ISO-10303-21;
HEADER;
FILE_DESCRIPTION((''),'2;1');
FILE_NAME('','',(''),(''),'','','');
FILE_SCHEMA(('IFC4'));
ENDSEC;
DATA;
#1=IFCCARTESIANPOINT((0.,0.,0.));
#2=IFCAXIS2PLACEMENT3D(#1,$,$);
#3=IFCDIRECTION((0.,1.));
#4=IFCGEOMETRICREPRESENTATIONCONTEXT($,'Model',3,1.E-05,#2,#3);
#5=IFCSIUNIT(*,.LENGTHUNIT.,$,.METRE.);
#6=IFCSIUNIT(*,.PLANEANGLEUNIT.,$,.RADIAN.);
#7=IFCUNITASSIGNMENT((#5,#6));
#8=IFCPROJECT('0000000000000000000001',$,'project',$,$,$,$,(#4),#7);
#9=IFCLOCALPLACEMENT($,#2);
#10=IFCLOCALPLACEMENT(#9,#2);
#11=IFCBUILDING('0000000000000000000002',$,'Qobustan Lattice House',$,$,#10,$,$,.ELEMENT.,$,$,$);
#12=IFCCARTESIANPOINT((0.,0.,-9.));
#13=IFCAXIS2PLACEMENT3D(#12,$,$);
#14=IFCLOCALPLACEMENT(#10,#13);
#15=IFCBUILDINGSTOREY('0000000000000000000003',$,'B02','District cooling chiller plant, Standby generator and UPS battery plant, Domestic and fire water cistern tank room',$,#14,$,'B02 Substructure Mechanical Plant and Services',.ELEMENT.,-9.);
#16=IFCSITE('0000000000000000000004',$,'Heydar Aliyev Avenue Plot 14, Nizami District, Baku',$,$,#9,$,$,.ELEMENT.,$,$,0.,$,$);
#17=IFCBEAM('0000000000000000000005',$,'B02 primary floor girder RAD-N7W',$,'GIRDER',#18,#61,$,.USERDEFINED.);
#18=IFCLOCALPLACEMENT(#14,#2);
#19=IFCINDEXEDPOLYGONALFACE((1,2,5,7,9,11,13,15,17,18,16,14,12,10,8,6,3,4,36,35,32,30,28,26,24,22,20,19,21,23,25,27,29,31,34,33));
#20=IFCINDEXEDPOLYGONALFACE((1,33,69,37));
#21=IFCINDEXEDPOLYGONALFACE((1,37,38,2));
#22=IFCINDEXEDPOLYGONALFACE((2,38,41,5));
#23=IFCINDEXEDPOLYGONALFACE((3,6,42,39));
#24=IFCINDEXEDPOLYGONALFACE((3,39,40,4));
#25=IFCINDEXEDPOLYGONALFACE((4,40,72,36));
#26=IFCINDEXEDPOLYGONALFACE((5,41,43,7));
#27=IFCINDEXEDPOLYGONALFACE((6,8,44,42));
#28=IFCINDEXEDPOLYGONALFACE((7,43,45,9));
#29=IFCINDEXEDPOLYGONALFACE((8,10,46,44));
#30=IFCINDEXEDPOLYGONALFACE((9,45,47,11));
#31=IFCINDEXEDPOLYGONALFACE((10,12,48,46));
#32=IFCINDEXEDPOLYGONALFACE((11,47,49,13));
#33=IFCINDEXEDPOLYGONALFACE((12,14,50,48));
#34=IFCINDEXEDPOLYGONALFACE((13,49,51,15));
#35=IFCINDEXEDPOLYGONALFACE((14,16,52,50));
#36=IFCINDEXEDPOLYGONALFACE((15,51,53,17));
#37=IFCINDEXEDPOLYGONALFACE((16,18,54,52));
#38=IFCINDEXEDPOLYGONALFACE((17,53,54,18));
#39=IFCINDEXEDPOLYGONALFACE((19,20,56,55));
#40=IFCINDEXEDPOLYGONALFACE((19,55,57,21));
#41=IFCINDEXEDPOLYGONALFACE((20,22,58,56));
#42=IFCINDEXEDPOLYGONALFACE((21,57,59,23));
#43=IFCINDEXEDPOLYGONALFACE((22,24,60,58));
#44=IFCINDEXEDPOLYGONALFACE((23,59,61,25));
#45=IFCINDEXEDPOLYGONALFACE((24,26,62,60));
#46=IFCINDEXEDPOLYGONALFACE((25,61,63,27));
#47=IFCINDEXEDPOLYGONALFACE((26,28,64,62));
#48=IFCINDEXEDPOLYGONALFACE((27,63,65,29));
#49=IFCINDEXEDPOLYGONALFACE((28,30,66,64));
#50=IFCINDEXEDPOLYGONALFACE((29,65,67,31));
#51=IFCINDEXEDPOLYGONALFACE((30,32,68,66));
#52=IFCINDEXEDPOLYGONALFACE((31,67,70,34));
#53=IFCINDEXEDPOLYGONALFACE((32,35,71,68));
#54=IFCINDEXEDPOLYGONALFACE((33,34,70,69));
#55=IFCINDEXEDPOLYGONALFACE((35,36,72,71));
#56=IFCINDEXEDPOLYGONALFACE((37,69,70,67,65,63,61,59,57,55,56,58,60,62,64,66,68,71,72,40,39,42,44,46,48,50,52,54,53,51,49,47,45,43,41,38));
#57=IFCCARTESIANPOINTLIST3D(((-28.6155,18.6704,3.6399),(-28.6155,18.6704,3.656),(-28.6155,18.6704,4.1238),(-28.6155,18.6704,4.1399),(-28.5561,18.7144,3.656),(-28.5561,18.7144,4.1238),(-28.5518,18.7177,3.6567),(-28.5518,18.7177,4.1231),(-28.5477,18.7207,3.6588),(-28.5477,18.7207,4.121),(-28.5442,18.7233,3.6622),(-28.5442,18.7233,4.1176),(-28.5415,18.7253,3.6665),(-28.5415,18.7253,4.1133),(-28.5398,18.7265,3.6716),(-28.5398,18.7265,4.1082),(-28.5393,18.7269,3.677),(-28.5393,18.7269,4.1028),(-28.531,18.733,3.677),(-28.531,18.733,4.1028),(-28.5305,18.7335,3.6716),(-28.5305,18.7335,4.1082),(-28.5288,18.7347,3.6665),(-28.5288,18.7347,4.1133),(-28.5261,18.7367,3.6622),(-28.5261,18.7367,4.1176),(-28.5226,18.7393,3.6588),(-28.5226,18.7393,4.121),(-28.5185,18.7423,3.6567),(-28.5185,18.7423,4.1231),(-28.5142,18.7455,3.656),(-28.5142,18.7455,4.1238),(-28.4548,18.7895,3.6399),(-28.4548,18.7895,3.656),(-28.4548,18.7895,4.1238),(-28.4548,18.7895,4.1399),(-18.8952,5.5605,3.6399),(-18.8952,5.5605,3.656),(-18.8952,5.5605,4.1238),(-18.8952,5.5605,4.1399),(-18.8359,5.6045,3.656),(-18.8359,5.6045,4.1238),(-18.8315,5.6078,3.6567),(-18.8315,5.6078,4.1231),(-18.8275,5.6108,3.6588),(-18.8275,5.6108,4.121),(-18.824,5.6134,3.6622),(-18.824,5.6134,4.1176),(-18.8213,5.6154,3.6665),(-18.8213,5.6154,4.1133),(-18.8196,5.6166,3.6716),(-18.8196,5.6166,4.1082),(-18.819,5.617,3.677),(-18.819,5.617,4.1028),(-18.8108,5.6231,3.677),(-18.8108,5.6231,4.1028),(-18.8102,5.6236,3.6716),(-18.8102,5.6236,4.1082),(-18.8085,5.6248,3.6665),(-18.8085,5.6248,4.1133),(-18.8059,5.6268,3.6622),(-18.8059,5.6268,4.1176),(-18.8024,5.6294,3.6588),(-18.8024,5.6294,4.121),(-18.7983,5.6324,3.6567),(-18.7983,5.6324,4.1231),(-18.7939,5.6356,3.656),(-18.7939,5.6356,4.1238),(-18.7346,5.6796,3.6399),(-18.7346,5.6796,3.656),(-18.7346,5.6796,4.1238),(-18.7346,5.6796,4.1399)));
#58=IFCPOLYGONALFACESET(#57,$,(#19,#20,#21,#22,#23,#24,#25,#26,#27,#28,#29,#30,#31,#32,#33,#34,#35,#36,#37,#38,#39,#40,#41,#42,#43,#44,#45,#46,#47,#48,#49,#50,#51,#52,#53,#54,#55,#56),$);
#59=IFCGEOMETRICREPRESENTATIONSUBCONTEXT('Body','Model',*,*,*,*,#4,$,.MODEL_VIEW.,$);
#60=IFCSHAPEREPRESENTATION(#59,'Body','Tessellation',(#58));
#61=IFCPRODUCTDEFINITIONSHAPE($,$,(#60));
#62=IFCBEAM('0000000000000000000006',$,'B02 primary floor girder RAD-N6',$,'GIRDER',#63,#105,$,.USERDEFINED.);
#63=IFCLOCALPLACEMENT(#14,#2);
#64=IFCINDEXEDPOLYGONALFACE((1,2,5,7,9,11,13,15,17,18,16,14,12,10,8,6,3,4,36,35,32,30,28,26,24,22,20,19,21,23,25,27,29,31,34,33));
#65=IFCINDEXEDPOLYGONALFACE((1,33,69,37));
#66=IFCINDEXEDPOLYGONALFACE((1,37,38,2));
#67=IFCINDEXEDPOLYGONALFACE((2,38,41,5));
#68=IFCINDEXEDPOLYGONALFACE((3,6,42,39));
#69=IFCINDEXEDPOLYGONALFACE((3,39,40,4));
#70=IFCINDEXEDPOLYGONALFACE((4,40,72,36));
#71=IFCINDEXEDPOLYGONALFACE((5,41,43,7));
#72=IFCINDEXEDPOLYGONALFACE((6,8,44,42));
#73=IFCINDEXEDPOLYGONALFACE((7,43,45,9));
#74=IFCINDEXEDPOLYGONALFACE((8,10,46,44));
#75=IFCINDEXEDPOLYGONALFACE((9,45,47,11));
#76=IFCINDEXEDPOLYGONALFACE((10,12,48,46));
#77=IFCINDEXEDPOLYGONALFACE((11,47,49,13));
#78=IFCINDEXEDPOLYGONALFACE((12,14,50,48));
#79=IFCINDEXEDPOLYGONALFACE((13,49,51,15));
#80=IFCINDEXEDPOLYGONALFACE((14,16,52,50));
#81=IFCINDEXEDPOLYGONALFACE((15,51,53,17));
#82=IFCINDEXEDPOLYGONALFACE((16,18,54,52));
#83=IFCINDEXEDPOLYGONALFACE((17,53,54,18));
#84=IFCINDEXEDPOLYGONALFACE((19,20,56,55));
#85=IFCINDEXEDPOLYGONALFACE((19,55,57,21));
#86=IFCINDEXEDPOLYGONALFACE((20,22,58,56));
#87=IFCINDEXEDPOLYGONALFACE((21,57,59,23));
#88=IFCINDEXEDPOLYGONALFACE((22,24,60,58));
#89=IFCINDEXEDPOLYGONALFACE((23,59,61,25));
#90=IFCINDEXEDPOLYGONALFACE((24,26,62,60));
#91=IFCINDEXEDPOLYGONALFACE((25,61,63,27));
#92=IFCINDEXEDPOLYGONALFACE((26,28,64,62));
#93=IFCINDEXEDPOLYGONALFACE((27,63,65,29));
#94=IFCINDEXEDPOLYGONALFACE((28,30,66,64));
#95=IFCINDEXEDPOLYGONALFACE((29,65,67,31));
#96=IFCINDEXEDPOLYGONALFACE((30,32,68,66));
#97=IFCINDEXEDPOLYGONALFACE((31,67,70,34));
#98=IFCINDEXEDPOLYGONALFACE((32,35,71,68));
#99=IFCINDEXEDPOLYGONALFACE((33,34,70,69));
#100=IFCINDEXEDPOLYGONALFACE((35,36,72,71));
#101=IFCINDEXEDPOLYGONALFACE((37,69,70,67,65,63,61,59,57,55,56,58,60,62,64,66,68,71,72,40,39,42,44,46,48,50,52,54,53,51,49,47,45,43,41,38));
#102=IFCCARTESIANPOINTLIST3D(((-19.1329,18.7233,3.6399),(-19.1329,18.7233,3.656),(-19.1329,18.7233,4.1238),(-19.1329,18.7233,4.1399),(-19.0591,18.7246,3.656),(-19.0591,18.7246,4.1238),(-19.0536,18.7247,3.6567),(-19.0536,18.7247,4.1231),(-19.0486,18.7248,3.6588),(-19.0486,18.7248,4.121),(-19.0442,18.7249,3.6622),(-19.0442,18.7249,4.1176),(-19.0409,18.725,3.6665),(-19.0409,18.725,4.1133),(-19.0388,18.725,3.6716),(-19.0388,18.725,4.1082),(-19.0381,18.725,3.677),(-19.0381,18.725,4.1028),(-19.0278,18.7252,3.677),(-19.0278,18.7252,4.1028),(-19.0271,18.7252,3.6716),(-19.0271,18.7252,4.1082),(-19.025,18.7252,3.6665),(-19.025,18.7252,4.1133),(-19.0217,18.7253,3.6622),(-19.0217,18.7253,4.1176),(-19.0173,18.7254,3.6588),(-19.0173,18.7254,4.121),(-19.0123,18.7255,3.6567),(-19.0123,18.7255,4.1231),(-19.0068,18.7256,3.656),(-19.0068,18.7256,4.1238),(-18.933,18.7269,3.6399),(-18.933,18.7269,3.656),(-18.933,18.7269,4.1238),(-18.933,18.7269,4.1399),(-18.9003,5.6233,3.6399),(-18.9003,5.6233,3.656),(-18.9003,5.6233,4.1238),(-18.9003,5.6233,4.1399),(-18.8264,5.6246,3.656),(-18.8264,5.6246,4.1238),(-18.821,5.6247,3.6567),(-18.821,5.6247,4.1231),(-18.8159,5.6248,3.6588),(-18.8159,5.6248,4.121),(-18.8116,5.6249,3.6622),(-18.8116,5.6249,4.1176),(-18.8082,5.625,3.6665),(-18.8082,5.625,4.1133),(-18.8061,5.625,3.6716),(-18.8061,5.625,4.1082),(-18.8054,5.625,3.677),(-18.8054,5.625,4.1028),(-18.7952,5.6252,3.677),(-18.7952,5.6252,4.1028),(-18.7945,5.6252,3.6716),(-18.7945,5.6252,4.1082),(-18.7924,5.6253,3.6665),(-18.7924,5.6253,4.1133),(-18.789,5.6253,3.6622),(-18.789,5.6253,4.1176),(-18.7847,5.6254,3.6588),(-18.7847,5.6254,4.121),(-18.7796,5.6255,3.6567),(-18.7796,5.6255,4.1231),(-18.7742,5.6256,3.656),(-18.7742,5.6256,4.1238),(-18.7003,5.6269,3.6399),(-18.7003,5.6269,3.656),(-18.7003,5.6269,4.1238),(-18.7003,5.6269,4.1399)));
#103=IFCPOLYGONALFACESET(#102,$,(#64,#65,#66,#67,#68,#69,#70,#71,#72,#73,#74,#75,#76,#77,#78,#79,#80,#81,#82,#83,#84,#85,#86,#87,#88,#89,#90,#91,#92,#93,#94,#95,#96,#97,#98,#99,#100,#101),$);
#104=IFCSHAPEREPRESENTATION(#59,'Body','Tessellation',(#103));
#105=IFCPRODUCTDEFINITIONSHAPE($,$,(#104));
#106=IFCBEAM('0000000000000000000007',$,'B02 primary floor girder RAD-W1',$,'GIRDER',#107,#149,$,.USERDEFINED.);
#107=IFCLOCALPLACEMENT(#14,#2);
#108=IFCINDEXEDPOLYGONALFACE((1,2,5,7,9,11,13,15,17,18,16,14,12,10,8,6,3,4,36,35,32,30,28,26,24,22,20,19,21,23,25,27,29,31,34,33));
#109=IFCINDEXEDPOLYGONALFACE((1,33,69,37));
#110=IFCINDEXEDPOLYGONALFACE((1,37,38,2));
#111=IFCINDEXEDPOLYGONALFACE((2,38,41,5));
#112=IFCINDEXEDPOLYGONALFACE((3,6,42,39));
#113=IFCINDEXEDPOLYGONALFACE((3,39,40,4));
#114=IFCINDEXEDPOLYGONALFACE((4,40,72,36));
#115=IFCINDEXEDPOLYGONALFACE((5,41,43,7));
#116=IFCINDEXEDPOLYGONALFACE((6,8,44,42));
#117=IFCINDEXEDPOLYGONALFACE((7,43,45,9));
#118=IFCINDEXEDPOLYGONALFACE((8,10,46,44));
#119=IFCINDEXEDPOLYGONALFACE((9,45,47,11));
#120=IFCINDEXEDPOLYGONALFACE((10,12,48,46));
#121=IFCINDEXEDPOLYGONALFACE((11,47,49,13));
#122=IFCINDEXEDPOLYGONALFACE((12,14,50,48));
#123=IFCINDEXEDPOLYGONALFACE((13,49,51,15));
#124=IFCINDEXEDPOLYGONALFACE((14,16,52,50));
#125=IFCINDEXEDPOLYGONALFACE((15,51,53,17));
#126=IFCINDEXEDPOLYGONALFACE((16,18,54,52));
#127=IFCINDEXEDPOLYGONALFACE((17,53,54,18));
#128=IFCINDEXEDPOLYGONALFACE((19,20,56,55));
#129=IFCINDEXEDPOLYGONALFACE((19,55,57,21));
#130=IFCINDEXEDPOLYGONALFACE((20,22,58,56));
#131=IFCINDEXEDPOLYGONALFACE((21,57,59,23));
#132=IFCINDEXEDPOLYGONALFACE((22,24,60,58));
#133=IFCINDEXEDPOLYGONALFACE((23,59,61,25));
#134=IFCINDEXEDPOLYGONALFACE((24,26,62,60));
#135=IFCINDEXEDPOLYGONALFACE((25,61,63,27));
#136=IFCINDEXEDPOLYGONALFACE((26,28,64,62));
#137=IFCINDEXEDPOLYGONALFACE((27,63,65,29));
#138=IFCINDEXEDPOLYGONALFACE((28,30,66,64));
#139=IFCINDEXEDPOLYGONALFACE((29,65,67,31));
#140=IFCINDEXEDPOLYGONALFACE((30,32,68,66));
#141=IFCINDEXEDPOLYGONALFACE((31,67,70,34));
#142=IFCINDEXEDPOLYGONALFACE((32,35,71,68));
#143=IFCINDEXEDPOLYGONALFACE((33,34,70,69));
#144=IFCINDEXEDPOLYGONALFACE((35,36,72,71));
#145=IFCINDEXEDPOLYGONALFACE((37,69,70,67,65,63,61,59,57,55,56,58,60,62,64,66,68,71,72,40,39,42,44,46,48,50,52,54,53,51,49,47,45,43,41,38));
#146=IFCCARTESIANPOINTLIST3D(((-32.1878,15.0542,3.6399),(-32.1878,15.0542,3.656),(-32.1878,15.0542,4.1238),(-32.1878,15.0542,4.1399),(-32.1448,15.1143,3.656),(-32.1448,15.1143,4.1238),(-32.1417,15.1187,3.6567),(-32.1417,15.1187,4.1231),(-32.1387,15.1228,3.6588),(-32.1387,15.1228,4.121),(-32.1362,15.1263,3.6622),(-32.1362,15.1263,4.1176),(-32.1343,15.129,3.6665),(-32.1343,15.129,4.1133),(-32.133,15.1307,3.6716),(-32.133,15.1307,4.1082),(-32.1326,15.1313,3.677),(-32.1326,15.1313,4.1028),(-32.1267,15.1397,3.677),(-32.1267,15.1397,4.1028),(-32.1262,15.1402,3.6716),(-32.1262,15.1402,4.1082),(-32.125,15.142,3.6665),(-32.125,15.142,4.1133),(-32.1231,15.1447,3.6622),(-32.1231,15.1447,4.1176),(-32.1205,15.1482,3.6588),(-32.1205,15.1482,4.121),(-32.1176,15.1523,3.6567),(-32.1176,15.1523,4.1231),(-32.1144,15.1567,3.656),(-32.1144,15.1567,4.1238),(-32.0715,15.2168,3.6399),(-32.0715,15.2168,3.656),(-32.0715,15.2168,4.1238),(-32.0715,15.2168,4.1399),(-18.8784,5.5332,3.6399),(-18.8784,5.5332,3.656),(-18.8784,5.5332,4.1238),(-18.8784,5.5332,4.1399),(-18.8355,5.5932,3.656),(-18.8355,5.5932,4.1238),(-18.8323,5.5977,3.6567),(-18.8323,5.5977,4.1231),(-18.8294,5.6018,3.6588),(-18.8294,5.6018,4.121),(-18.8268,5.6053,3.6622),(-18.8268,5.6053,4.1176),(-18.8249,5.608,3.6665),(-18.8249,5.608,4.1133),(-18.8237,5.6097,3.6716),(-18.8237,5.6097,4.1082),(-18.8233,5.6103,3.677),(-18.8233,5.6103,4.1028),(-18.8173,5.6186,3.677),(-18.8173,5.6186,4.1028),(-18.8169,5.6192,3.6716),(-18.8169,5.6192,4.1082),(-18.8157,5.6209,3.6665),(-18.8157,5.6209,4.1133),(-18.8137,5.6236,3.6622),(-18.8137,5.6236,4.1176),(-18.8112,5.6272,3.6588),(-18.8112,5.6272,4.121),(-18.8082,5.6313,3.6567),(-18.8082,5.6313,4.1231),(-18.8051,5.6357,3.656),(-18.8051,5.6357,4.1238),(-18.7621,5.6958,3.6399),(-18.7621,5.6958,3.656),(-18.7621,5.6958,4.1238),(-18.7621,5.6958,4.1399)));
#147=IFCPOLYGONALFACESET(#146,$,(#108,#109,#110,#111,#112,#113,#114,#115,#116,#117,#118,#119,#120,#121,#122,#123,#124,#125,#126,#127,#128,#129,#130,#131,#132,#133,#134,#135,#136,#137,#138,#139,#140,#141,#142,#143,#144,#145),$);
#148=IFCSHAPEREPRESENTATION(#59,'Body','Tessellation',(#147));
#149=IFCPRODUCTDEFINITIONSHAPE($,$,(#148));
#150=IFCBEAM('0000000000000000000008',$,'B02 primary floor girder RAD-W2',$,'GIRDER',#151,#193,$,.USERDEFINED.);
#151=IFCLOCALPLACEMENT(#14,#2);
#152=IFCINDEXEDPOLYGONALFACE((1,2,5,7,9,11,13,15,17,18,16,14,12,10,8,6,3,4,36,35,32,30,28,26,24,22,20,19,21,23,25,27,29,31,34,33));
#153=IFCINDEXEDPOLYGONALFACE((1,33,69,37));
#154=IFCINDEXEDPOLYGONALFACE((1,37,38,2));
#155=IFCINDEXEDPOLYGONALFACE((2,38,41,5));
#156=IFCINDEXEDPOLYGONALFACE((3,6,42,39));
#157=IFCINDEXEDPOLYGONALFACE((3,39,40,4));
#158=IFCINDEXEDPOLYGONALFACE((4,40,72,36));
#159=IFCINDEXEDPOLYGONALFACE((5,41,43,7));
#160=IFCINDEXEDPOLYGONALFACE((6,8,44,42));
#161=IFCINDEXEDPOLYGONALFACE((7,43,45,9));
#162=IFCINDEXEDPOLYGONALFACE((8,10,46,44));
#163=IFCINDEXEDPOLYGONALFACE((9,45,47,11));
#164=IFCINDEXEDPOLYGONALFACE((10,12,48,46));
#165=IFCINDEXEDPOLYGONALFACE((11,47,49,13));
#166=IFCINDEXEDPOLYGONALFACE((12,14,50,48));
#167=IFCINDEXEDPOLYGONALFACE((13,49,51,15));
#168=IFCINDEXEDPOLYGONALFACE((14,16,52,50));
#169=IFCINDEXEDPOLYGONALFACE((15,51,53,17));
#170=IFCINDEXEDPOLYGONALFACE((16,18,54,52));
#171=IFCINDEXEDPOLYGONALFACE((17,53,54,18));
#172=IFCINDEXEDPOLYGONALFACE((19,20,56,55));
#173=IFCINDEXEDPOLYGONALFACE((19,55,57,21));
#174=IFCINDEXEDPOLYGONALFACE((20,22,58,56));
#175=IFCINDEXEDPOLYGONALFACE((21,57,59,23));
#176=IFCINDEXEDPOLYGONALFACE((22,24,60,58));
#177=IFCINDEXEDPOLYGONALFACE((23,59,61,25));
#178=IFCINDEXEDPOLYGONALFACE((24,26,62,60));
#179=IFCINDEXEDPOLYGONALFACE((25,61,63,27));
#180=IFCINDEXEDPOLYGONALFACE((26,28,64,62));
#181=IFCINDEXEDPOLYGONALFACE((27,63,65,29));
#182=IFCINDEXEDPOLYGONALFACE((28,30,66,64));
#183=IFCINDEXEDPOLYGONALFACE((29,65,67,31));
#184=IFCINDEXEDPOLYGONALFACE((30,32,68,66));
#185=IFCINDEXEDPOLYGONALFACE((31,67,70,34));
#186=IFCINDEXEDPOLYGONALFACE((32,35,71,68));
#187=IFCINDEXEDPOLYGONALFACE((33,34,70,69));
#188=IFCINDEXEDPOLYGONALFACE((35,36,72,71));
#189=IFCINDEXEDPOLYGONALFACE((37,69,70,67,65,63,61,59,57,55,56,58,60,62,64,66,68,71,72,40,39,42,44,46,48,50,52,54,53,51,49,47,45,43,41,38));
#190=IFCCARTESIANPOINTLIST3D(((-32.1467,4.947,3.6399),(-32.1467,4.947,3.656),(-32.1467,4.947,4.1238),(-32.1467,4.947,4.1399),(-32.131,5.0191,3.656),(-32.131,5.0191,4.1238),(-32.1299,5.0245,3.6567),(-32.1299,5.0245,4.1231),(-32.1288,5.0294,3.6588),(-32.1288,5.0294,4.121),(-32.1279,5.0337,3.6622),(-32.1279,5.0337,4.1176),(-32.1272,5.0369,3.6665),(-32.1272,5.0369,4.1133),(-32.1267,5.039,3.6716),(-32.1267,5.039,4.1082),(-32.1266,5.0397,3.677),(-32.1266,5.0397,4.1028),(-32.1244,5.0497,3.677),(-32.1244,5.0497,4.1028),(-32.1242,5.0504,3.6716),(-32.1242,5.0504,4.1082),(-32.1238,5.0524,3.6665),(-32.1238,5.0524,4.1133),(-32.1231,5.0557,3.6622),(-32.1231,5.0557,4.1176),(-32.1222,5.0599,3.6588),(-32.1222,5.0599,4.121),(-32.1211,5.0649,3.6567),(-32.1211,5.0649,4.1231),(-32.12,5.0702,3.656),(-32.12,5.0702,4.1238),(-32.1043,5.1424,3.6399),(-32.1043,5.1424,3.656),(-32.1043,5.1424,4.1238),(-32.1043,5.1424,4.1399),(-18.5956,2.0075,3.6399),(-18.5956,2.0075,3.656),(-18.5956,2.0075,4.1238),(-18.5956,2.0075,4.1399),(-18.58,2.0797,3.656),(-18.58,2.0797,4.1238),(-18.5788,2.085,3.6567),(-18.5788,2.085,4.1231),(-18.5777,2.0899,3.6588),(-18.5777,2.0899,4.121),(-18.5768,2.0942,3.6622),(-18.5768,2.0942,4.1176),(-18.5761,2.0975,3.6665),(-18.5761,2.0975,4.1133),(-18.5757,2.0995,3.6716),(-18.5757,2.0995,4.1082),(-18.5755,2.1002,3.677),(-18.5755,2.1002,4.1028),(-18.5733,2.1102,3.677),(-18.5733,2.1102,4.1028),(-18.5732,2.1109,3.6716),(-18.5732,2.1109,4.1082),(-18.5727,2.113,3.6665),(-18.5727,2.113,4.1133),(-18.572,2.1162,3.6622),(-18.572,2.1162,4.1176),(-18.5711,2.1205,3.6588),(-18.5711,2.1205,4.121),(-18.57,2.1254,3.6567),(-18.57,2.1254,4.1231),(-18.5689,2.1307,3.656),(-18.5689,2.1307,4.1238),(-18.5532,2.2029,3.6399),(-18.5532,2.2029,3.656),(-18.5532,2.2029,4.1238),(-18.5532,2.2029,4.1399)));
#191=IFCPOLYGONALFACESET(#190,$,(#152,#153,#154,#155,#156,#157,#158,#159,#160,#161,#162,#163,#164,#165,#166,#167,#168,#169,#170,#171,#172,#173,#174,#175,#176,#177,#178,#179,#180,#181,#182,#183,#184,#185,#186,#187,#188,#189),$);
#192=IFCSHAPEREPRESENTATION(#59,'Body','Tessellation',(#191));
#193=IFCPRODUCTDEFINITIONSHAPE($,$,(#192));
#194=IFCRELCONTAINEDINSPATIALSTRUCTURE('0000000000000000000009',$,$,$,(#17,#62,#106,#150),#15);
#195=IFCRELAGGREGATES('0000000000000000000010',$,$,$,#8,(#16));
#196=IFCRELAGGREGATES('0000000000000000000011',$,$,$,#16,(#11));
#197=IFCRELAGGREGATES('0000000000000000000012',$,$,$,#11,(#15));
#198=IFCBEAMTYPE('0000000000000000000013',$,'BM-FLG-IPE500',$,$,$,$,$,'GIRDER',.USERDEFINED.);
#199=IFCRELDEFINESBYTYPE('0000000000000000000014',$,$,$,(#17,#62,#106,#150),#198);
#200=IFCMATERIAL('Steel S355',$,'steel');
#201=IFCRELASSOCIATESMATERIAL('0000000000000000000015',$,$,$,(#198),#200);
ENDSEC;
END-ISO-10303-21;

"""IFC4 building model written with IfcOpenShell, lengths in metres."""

from ifc_helpers import new_model, si_unit, direction, frame, origin, origin_2d, place, context, subcontext, project, spatial, i_section, extrude, material, material_profile, profile_set, type_object, element, save


model = new_model("IFC4")

# Units and contexts
model_context = context("Model", 3, precision=1e-05, world=origin(), true_north=direction((0.0, 1.0)))
body_context = subcontext(model_context, "Body", "Model", "MODEL_VIEW")
ifc_project = project(units=[si_unit("LENGTHUNIT", "METRE"), si_unit("PLANEANGLEUNIT", "RADIAN")], contexts=[model_context])

# Site, building, storey
site_placement = place(None, origin())
site = spatial("IfcSite", under=ifc_project, at=site_placement, Name="Heydar Aliyev Avenue Plot 14, Nizami District, Baku", CompositionType="ELEMENT", RefElevation=0.0)
building_placement = place(site_placement, origin())
building = spatial("IfcBuilding", under=site, at=building_placement, Name="Qobustan Lattice House", CompositionType="ELEMENT")
storey_placement = place(building_placement, frame((0.0, 0.0, -9.0)))
storey = spatial("IfcBuildingStorey", under=building, at=storey_placement, Name="B02", Description="District cooling chiller plant, Standby generator and UPS battery plant, Domestic and fire water cistern tank room", LongName="B02 Substructure Mechanical Plant and Services", CompositionType="ELEMENT", Elevation=-9.0)

# Beams
ifc_material_1 = material(Name="Steel S355", Category="steel")
ifc_material_profile_1 = material_profile(ifc_material_1, i_section(OverallWidth=0.2, OverallDepth=0.5, WebThickness=0.0103, FlangeThickness=0.0161, FilletRadius=0.021, at=origin_2d()), Name="IPE500")
ifc_profile_set_1 = profile_set([ifc_material_profile_1], Name="Steel S355")
beam_type_1 = type_object("IfcBeamType", Name="BM-FLG-IPE500", ElementType="GIRDER", PredefinedType="USERDEFINED", material=ifc_profile_set_1)
beam_1_placement = place(storey_placement, frame((-28.5352, 18.73, 3.8899), z_axis=(0.595592, -0.803287, 0.0), x_axis=(0.803287, 0.595592, 0.0)))
element("IfcBeam", 1, at=beam_1_placement, inside=storey, type_object=beam_type_1, Name="B02 primary floor girder RAD-N7W", ObjectType="GIRDER", PredefinedType="USERDEFINED", context=body_context, shape_type="SweptSolid", body=[
    extrude(i_section(OverallWidth=0.2, OverallDepth=0.5, WebThickness=0.0103, FlangeThickness=0.0161, FilletRadius=0.021, at=origin_2d()), origin(), (0.0, 0.0, 1.0), 16.3203),
])
beam_2_placement = place(storey_placement, frame((-19.033, 18.7251, 3.8899), z_axis=(0.017758, -0.999842, 0.0), x_axis=(0.999842, 0.017758, 0.0)))
element("IfcBeam", 2, at=beam_2_placement, inside=storey, type_object=beam_type_1, Name="B02 primary floor girder RAD-N6", ObjectType="GIRDER", PredefinedType="USERDEFINED", context=body_context, shape_type="SweptSolid", body=[
    extrude(i_section(OverallWidth=0.2, OverallDepth=0.5, WebThickness=0.0103, FlangeThickness=0.0161, FilletRadius=0.021, at=origin_2d()), origin(), (0.0, 0.0, 1.0), 13.1021),
])
beam_3_placement = place(storey_placement, frame((-32.1296, 15.1355, 3.8899), z_axis=(0.813319, -0.581818, 0.0), x_axis=(0.581818, 0.813319, 0.0)))
element("IfcBeam", 3, at=beam_3_placement, inside=storey, type_object=beam_type_1, Name="B02 primary floor girder RAD-W1", ObjectType="GIRDER", PredefinedType="USERDEFINED", context=body_context, shape_type="SweptSolid", body=[
    extrude(i_section(OverallWidth=0.2, OverallDepth=0.5, WebThickness=0.0103, FlangeThickness=0.0161, FilletRadius=0.021, at=origin_2d()), origin(), (0.0, 0.0, 1.0), 16.3643),
])
beam_4_placement = place(storey_placement, frame((-32.1255, 5.0447, 3.8899), z_axis=(0.977272, -0.211987, 0.0), x_axis=(0.211987, 0.977272, 0.0)))
element("IfcBeam", 4, at=beam_4_placement, inside=storey, type_object=beam_type_1, Name="B02 primary floor girder RAD-W2", ObjectType="GIRDER", PredefinedType="USERDEFINED", context=body_context, shape_type="SweptSolid", body=[
    extrude(i_section(OverallWidth=0.2, OverallDepth=0.5, WebThickness=0.0103, FlangeThickness=0.0161, FilletRadius=0.021, at=origin_2d()), origin(), (0.0, 0.0, 1.0), 13.8662),
])

save(model, "model.ifc")
